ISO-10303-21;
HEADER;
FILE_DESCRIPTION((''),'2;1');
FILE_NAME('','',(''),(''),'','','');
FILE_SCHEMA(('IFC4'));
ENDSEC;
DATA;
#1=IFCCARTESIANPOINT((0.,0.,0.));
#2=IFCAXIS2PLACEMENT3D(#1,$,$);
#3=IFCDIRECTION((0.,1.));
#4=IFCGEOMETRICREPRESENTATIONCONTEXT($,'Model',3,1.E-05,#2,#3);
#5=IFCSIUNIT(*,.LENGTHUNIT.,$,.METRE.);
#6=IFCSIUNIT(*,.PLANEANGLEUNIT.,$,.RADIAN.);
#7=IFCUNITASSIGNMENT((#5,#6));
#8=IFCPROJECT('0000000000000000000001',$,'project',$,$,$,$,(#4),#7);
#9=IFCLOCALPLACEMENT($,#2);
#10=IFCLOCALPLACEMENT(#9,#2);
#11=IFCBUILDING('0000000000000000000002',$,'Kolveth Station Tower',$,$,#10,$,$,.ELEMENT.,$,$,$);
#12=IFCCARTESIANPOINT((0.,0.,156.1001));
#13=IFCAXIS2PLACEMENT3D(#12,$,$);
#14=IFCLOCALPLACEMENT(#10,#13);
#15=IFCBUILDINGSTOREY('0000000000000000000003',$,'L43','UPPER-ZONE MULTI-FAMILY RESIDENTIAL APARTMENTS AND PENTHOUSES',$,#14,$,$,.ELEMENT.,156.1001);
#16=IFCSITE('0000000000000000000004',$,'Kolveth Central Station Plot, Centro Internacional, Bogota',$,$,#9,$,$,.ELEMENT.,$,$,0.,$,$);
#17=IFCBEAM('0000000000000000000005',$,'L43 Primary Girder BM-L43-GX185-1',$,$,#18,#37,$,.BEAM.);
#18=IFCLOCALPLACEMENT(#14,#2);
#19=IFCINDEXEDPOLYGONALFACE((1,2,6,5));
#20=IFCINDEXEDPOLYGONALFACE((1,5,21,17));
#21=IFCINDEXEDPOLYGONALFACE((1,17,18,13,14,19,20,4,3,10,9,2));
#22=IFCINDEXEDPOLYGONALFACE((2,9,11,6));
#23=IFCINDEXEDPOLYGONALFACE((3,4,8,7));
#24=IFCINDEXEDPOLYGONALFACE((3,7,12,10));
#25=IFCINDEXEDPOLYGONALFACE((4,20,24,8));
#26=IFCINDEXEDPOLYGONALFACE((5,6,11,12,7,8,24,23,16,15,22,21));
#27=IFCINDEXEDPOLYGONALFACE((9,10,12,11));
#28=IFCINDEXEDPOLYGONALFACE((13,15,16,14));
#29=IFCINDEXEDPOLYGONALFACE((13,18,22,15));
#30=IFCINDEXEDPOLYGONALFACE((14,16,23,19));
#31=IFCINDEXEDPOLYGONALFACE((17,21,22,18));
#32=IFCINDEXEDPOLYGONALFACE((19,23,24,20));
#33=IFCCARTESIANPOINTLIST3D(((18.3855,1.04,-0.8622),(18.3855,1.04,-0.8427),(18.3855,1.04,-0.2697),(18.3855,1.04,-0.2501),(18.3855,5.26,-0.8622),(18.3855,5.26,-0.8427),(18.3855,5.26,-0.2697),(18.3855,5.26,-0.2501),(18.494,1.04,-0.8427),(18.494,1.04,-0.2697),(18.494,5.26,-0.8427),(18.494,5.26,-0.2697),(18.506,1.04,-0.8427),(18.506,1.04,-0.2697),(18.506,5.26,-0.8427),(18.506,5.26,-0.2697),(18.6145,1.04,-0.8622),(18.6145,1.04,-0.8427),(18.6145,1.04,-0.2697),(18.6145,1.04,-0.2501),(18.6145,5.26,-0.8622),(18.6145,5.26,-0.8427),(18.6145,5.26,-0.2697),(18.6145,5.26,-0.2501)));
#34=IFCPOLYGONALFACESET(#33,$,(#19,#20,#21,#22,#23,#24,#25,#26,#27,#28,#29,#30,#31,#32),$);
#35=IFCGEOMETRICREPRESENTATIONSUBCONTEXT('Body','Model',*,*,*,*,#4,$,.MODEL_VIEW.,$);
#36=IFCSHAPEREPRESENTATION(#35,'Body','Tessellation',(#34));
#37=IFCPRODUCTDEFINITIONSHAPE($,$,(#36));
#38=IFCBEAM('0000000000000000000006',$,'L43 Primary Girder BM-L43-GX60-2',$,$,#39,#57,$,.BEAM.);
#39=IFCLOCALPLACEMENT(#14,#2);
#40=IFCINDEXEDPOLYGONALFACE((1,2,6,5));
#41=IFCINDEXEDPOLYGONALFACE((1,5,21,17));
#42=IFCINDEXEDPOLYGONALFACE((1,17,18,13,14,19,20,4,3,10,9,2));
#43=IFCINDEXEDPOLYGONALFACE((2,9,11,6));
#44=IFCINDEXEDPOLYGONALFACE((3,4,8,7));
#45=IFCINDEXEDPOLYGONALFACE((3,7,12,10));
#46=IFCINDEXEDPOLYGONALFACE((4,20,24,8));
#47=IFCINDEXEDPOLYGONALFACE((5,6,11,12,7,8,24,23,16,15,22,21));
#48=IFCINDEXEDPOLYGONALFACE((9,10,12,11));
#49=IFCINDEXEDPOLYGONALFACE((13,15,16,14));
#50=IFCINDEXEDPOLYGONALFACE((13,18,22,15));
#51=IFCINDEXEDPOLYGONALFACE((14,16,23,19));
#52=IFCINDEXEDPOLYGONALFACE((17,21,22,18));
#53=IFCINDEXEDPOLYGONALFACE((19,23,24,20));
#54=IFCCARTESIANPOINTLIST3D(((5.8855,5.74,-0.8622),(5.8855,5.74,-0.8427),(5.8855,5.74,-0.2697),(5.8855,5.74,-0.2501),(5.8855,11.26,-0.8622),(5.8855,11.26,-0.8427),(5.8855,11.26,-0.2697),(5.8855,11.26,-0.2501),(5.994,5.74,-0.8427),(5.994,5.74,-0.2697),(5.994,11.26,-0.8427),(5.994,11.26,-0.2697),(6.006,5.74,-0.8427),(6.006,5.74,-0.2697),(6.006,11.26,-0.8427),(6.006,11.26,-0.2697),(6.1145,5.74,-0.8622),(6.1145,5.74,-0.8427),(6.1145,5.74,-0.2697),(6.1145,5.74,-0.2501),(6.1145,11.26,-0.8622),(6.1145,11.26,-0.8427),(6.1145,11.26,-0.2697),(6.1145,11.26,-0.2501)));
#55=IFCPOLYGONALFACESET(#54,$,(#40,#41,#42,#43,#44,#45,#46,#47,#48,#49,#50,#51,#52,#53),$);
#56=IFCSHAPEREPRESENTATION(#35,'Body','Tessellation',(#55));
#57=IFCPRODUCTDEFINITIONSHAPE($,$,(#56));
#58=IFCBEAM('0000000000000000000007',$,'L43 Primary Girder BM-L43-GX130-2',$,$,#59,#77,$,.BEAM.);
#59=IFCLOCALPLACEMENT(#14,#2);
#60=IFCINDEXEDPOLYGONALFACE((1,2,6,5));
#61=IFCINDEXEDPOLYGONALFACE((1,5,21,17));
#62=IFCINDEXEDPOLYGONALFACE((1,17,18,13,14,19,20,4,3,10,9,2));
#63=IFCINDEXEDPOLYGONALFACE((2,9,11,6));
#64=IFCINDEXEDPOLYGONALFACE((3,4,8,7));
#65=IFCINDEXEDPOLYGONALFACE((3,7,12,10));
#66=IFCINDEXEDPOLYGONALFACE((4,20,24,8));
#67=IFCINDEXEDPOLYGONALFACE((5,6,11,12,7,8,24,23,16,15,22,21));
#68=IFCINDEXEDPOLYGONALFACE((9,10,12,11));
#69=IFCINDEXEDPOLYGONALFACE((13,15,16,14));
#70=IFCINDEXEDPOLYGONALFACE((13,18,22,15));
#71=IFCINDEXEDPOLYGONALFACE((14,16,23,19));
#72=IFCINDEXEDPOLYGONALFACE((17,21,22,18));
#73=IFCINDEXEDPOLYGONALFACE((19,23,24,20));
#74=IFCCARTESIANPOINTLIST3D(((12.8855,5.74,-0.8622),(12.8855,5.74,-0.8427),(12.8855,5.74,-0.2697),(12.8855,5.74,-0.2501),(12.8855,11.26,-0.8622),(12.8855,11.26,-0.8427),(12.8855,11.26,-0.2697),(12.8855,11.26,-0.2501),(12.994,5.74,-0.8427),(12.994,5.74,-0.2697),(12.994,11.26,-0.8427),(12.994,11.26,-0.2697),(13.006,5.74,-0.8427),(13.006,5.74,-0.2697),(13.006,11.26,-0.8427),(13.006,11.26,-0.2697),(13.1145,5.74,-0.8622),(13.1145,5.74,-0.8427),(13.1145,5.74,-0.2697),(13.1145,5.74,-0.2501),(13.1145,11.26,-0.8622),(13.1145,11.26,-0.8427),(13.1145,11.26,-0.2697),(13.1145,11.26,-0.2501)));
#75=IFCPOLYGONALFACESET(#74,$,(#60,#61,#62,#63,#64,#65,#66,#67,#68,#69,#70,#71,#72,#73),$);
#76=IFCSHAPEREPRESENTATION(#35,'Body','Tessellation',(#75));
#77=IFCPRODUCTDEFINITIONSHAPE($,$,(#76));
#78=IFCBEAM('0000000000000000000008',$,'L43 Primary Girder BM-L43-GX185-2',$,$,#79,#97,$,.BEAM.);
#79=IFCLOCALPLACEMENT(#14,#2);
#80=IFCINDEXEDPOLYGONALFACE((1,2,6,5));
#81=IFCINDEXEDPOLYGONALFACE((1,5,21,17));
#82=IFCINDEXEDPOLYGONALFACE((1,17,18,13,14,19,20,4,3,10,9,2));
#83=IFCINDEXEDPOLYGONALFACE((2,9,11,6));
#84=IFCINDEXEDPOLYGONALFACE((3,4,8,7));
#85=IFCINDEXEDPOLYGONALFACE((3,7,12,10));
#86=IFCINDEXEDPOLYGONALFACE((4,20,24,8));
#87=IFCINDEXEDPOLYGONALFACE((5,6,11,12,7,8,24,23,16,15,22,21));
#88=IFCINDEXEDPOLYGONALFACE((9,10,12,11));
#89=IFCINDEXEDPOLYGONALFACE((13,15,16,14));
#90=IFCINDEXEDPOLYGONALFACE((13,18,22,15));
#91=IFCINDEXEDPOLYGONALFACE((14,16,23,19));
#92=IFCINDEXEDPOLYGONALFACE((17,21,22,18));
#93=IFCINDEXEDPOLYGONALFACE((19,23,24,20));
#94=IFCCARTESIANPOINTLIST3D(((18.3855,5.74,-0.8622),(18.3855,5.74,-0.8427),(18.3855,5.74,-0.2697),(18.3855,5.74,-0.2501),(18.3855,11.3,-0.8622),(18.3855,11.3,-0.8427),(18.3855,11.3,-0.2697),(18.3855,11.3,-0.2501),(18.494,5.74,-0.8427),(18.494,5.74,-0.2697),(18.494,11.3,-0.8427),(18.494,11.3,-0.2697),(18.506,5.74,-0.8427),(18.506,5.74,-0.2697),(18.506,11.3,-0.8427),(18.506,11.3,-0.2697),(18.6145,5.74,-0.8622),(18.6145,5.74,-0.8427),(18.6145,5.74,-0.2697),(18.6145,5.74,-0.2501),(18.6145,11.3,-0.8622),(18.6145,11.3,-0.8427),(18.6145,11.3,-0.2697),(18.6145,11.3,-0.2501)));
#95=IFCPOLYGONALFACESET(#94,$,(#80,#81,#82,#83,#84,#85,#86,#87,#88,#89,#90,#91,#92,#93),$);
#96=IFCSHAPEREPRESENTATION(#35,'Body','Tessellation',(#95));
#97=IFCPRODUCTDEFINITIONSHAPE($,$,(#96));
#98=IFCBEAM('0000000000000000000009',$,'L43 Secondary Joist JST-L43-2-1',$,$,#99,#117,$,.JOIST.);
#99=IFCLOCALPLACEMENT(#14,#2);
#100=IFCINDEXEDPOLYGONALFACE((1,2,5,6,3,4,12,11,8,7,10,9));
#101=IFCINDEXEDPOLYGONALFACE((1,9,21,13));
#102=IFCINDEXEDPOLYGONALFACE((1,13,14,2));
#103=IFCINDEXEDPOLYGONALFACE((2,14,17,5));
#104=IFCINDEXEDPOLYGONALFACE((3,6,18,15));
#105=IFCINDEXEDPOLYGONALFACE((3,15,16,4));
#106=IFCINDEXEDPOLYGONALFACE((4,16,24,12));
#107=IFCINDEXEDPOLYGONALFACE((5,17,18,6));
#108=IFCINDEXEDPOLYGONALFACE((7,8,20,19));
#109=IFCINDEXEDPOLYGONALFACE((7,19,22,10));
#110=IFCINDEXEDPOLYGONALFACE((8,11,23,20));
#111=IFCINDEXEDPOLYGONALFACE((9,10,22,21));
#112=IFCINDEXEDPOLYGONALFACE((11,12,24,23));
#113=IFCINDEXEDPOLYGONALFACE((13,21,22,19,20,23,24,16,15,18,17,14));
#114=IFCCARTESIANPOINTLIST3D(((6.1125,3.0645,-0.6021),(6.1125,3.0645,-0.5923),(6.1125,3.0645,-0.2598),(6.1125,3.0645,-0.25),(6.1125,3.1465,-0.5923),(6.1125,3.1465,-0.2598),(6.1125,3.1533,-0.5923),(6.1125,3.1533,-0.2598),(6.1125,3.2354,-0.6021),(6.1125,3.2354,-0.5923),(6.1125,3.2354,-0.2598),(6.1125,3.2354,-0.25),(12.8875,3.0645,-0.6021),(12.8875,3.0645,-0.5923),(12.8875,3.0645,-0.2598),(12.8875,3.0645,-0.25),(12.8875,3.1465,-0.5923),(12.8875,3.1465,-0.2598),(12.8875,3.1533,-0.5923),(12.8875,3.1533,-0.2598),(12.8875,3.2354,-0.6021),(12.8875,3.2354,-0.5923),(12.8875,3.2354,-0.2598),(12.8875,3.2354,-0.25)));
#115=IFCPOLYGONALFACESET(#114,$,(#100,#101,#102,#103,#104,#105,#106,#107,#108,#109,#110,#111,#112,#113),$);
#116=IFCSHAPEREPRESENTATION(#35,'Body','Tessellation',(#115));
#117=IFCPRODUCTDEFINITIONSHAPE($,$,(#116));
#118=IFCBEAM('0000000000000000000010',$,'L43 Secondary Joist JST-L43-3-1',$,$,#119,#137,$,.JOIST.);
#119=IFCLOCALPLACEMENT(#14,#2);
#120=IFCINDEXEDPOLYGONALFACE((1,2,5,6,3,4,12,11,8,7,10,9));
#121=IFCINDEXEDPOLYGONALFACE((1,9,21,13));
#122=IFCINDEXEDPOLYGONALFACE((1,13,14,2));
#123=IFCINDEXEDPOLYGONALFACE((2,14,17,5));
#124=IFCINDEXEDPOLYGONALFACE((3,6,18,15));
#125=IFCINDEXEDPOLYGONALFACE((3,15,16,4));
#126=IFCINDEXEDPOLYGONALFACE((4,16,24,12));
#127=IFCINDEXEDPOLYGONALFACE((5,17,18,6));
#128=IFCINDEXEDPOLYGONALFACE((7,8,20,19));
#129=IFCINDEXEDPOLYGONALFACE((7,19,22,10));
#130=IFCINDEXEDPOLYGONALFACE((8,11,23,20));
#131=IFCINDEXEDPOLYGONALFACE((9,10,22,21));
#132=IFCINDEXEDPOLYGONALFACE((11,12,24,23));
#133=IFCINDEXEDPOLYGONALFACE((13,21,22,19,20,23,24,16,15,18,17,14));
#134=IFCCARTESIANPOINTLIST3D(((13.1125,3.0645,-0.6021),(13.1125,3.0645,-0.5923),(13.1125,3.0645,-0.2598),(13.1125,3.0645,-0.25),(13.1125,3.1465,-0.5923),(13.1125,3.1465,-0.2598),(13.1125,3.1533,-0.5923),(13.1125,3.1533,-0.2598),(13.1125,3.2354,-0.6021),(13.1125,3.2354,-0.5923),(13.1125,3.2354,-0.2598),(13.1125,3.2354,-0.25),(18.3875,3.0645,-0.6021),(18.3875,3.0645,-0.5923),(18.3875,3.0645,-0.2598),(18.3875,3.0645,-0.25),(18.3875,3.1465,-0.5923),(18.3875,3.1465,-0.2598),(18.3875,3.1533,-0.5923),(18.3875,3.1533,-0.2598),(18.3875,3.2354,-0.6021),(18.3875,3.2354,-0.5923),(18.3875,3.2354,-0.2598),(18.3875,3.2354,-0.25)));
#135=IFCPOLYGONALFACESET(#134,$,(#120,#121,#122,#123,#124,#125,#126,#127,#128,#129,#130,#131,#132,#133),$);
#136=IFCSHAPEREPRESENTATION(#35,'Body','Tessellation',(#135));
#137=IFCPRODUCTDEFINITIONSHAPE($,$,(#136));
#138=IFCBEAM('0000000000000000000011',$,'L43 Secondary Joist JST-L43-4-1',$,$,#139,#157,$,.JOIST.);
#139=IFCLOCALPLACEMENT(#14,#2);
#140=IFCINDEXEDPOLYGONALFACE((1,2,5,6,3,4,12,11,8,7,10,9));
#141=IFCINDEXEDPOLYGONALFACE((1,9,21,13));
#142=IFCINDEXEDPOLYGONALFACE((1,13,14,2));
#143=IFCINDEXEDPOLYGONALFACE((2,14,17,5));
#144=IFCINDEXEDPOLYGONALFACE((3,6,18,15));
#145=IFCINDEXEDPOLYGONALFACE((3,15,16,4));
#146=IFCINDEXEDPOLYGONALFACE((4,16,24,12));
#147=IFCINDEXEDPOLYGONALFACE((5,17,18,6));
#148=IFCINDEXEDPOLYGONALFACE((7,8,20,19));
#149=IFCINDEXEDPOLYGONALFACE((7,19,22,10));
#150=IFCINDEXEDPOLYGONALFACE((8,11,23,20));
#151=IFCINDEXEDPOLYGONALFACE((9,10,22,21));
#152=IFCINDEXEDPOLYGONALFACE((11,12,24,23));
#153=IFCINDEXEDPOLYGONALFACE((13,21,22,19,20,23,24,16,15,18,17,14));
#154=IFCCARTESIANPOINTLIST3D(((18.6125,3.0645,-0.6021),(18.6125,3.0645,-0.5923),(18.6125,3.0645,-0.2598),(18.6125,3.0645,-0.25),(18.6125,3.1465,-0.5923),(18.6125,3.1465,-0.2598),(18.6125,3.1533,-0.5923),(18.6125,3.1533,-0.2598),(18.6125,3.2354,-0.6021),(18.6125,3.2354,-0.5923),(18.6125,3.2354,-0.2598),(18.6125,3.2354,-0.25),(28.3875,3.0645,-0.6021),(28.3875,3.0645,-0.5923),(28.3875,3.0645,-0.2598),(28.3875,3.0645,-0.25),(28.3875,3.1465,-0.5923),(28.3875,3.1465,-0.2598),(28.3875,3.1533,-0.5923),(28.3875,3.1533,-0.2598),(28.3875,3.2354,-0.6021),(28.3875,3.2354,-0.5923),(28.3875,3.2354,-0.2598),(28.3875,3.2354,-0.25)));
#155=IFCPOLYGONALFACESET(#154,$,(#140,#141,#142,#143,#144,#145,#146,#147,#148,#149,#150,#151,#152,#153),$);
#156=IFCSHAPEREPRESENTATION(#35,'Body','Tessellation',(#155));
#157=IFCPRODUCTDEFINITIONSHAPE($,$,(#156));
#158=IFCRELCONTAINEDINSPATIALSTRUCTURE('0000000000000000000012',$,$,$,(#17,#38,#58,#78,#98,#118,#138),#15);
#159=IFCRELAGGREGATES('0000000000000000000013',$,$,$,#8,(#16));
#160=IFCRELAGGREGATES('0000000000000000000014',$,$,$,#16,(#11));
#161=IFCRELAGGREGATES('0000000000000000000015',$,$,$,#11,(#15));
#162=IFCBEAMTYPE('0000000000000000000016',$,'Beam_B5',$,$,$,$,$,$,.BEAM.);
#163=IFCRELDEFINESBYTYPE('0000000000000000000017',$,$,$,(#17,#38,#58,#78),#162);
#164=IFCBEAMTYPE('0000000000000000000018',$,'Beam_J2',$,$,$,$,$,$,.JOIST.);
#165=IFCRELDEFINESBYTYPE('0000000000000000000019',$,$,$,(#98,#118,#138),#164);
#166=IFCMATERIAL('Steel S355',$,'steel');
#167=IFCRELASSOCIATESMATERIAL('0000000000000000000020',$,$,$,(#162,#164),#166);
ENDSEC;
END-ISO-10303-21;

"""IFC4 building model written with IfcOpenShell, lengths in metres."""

from ifc_helpers import new_model, si_unit, direction, frame, origin, origin_2d, place, context, subcontext, project, spatial, i_section, extrude, source, transform, mapped, material, material_profile, profile_set, type_object, element, save


model = new_model("IFC4")

# Units and contexts
model_context = context("Model", 3, precision=1e-05, world=origin(), true_north=direction((0.0, 1.0)))
body_context = subcontext(model_context, "Body", "Model", "MODEL_VIEW")
ifc_project = project(units=[si_unit("LENGTHUNIT", "METRE"), si_unit("PLANEANGLEUNIT", "RADIAN")], contexts=[model_context])

# Site, building, storey
site_placement = place(None, origin())
site = spatial("IfcSite", under=ifc_project, at=site_placement, Name="Kolveth Central Station Plot, Centro Internacional, Bogota", CompositionType="ELEMENT", RefElevation=0.0)
building_placement = place(site_placement, origin())
building = spatial("IfcBuilding", under=site, at=building_placement, Name="Kolveth Station Tower", CompositionType="ELEMENT")
storey_placement = place(building_placement, frame((0.0, 0.0, 156.1001)))
storey = spatial("IfcBuildingStorey", under=building, at=storey_placement, Name="L43", Description="UPPER-ZONE MULTI-FAMILY RESIDENTIAL APARTMENTS AND PENTHOUSES", CompositionType="ELEMENT", Elevation=156.1001)

# Shared definitions
ifc_material_1 = material(Name="Steel S355", Category="steel")

# Beams
ifc_material_profile_1 = material_profile(ifc_material_1, i_section(OverallWidth=0.229, OverallDepth=0.6121, WebThickness=0.012, FlangeThickness=0.0195, at=origin_2d()), Name="W610x125")
ifc_profile_set_1 = profile_set([ifc_material_profile_1], Name="Steel S355")
beam_type_1 = type_object("IfcBeamType", Name="Beam_B5", PredefinedType="BEAM", material=ifc_profile_set_1)
shared_shape_1 = source(origin(), body_context, "Body", "SweptSolid", [
    extrude(i_section(OverallWidth=0.229, OverallDepth=0.6121, WebThickness=0.012, FlangeThickness=0.0195, at=origin_2d()), origin(), (0.0, 0.0, 1.0), 4.22),
])
for number, where, z_axis, x_axis, name in (
    (1, (18.5, 1.04, -0.5562), (0.0, 1.0, 0.0), (-1.0, 0.0, 0.0), "L43 Primary Girder BM-L43-GX185-1"),
):
    element("IfcBeam", number, at=place(storey_placement, frame(where, z_axis=z_axis, x_axis=x_axis)), inside=storey, type_object=beam_type_1, Name=name, PredefinedType="BEAM", context=body_context, shape_type="MappedRepresentation", body=[
        mapped(shared_shape_1, transform((0.0, 0.0, 0.0), x_axis=(1.0, 0.0, 0.0), y_axis=(0.0, 1.0, 0.0), z_axis=(0.0, 0.0, 1.0), scale=1.0)),
    ])
shared_shape_2 = source(origin(), body_context, "Body", "SweptSolid", [
    extrude(i_section(OverallWidth=0.229, OverallDepth=0.6121, WebThickness=0.012, FlangeThickness=0.0195, at=origin_2d()), origin(), (0.0, 0.0, 1.0), 5.52),
])
for number, where, z_axis, x_axis, name in (
    (2, (6.0, 5.74, -0.5562), (0.0, 1.0, 0.0), (-1.0, 0.0, 0.0), "L43 Primary Girder BM-L43-GX60-2"),
    (3, (13.0, 5.74, -0.5562), (0.0, 1.0, 0.0), (-1.0, 0.0, 0.0), "L43 Primary Girder BM-L43-GX130-2"),
):
    element("IfcBeam", number, at=place(storey_placement, frame(where, z_axis=z_axis, x_axis=x_axis)), inside=storey, type_object=beam_type_1, Name=name, PredefinedType="BEAM", context=body_context, shape_type="MappedRepresentation", body=[
        mapped(shared_shape_2, transform((0.0, 0.0, 0.0), x_axis=(1.0, 0.0, 0.0), y_axis=(0.0, 1.0, 0.0), z_axis=(0.0, 0.0, 1.0), scale=1.0)),
    ])
shared_shape_3 = source(origin(), body_context, "Body", "SweptSolid", [
    extrude(i_section(OverallWidth=0.229, OverallDepth=0.6121, WebThickness=0.012, FlangeThickness=0.0195, at=origin_2d()), origin(), (0.0, 0.0, 1.0), 5.5601),
])
beam_1_placement = place(storey_placement, frame((18.5, 5.74, -0.5562), z_axis=(0.0, 1.0, 0.0), x_axis=(-1.0, 0.0, 0.0)))
element("IfcBeam", 4, at=beam_1_placement, inside=storey, type_object=beam_type_1, Name="L43 Primary Girder BM-L43-GX185-2", PredefinedType="BEAM", context=body_context, shape_type="MappedRepresentation", body=[
    mapped(shared_shape_3, transform((0.0, 0.0, 0.0), x_axis=(1.0, 0.0, 0.0), y_axis=(0.0, 1.0, 0.0), z_axis=(0.0, 0.0, 1.0), scale=1.0)),
])
ifc_material_profile_2 = material_profile(ifc_material_1, i_section(OverallWidth=0.1709, OverallDepth=0.3521, WebThickness=0.0068, FlangeThickness=0.0098, at=origin_2d()), Name="W360x44")
ifc_profile_set_2 = profile_set([ifc_material_profile_2], Name="Steel S355")
beam_type_2 = type_object("IfcBeamType", Name="Beam_J2", PredefinedType="JOIST", material=ifc_profile_set_2)
shared_shape_4 = source(origin(), body_context, "Body", "SweptSolid", [
    extrude(i_section(OverallWidth=0.1709, OverallDepth=0.3521, WebThickness=0.0068, FlangeThickness=0.0098, at=origin_2d()), origin(), (0.0, 0.0, 1.0), 6.7749),
])
beam_2_placement = place(storey_placement, frame((6.1125, 3.1499, -0.426), z_axis=(1.0, 0.0, 0.0), x_axis=(0.0, 1.0, 0.0)))
element("IfcBeam", 5, at=beam_2_placement, inside=storey, type_object=beam_type_2, Name="L43 Secondary Joist JST-L43-2-1", PredefinedType="JOIST", context=body_context, shape_type="MappedRepresentation", body=[
    mapped(shared_shape_4, transform((0.0, 0.0, 0.0), x_axis=(1.0, 0.0, 0.0), y_axis=(0.0, 1.0, 0.0), z_axis=(0.0, 0.0, 1.0), scale=1.0)),
])
shared_shape_5 = source(origin(), body_context, "Body", "SweptSolid", [
    extrude(i_section(OverallWidth=0.1709, OverallDepth=0.3521, WebThickness=0.0068, FlangeThickness=0.0098, at=origin_2d()), origin(), (0.0, 0.0, 1.0), 5.2749),
])
beam_3_placement = place(storey_placement, frame((13.1125, 3.1499, -0.426), z_axis=(1.0, 0.0, 0.0), x_axis=(0.0, 1.0, 0.0)))
element("IfcBeam", 6, at=beam_3_placement, inside=storey, type_object=beam_type_2, Name="L43 Secondary Joist JST-L43-3-1", PredefinedType="JOIST", context=body_context, shape_type="MappedRepresentation", body=[
    mapped(shared_shape_5, transform((0.0, 0.0, 0.0), x_axis=(1.0, 0.0, 0.0), y_axis=(0.0, 1.0, 0.0), z_axis=(0.0, 0.0, 1.0), scale=1.0)),
])
shared_shape_6 = source(origin(), body_context, "Body", "SweptSolid", [
    extrude(i_section(OverallWidth=0.1709, OverallDepth=0.3521, WebThickness=0.0068, FlangeThickness=0.0098, at=origin_2d()), origin(), (0.0, 0.0, 1.0), 9.7749),
])
beam_4_placement = place(storey_placement, frame((18.6125, 3.1499, -0.426), z_axis=(1.0, 0.0, 0.0), x_axis=(0.0, 1.0, 0.0)))
element("IfcBeam", 7, at=beam_4_placement, inside=storey, type_object=beam_type_2, Name="L43 Secondary Joist JST-L43-4-1", PredefinedType="JOIST", context=body_context, shape_type="MappedRepresentation", body=[
    mapped(shared_shape_6, transform((0.0, 0.0, 0.0), x_axis=(1.0, 0.0, 0.0), y_axis=(0.0, 1.0, 0.0), z_axis=(0.0, 0.0, 1.0), scale=1.0)),
])

save(model, "model.ifc")
